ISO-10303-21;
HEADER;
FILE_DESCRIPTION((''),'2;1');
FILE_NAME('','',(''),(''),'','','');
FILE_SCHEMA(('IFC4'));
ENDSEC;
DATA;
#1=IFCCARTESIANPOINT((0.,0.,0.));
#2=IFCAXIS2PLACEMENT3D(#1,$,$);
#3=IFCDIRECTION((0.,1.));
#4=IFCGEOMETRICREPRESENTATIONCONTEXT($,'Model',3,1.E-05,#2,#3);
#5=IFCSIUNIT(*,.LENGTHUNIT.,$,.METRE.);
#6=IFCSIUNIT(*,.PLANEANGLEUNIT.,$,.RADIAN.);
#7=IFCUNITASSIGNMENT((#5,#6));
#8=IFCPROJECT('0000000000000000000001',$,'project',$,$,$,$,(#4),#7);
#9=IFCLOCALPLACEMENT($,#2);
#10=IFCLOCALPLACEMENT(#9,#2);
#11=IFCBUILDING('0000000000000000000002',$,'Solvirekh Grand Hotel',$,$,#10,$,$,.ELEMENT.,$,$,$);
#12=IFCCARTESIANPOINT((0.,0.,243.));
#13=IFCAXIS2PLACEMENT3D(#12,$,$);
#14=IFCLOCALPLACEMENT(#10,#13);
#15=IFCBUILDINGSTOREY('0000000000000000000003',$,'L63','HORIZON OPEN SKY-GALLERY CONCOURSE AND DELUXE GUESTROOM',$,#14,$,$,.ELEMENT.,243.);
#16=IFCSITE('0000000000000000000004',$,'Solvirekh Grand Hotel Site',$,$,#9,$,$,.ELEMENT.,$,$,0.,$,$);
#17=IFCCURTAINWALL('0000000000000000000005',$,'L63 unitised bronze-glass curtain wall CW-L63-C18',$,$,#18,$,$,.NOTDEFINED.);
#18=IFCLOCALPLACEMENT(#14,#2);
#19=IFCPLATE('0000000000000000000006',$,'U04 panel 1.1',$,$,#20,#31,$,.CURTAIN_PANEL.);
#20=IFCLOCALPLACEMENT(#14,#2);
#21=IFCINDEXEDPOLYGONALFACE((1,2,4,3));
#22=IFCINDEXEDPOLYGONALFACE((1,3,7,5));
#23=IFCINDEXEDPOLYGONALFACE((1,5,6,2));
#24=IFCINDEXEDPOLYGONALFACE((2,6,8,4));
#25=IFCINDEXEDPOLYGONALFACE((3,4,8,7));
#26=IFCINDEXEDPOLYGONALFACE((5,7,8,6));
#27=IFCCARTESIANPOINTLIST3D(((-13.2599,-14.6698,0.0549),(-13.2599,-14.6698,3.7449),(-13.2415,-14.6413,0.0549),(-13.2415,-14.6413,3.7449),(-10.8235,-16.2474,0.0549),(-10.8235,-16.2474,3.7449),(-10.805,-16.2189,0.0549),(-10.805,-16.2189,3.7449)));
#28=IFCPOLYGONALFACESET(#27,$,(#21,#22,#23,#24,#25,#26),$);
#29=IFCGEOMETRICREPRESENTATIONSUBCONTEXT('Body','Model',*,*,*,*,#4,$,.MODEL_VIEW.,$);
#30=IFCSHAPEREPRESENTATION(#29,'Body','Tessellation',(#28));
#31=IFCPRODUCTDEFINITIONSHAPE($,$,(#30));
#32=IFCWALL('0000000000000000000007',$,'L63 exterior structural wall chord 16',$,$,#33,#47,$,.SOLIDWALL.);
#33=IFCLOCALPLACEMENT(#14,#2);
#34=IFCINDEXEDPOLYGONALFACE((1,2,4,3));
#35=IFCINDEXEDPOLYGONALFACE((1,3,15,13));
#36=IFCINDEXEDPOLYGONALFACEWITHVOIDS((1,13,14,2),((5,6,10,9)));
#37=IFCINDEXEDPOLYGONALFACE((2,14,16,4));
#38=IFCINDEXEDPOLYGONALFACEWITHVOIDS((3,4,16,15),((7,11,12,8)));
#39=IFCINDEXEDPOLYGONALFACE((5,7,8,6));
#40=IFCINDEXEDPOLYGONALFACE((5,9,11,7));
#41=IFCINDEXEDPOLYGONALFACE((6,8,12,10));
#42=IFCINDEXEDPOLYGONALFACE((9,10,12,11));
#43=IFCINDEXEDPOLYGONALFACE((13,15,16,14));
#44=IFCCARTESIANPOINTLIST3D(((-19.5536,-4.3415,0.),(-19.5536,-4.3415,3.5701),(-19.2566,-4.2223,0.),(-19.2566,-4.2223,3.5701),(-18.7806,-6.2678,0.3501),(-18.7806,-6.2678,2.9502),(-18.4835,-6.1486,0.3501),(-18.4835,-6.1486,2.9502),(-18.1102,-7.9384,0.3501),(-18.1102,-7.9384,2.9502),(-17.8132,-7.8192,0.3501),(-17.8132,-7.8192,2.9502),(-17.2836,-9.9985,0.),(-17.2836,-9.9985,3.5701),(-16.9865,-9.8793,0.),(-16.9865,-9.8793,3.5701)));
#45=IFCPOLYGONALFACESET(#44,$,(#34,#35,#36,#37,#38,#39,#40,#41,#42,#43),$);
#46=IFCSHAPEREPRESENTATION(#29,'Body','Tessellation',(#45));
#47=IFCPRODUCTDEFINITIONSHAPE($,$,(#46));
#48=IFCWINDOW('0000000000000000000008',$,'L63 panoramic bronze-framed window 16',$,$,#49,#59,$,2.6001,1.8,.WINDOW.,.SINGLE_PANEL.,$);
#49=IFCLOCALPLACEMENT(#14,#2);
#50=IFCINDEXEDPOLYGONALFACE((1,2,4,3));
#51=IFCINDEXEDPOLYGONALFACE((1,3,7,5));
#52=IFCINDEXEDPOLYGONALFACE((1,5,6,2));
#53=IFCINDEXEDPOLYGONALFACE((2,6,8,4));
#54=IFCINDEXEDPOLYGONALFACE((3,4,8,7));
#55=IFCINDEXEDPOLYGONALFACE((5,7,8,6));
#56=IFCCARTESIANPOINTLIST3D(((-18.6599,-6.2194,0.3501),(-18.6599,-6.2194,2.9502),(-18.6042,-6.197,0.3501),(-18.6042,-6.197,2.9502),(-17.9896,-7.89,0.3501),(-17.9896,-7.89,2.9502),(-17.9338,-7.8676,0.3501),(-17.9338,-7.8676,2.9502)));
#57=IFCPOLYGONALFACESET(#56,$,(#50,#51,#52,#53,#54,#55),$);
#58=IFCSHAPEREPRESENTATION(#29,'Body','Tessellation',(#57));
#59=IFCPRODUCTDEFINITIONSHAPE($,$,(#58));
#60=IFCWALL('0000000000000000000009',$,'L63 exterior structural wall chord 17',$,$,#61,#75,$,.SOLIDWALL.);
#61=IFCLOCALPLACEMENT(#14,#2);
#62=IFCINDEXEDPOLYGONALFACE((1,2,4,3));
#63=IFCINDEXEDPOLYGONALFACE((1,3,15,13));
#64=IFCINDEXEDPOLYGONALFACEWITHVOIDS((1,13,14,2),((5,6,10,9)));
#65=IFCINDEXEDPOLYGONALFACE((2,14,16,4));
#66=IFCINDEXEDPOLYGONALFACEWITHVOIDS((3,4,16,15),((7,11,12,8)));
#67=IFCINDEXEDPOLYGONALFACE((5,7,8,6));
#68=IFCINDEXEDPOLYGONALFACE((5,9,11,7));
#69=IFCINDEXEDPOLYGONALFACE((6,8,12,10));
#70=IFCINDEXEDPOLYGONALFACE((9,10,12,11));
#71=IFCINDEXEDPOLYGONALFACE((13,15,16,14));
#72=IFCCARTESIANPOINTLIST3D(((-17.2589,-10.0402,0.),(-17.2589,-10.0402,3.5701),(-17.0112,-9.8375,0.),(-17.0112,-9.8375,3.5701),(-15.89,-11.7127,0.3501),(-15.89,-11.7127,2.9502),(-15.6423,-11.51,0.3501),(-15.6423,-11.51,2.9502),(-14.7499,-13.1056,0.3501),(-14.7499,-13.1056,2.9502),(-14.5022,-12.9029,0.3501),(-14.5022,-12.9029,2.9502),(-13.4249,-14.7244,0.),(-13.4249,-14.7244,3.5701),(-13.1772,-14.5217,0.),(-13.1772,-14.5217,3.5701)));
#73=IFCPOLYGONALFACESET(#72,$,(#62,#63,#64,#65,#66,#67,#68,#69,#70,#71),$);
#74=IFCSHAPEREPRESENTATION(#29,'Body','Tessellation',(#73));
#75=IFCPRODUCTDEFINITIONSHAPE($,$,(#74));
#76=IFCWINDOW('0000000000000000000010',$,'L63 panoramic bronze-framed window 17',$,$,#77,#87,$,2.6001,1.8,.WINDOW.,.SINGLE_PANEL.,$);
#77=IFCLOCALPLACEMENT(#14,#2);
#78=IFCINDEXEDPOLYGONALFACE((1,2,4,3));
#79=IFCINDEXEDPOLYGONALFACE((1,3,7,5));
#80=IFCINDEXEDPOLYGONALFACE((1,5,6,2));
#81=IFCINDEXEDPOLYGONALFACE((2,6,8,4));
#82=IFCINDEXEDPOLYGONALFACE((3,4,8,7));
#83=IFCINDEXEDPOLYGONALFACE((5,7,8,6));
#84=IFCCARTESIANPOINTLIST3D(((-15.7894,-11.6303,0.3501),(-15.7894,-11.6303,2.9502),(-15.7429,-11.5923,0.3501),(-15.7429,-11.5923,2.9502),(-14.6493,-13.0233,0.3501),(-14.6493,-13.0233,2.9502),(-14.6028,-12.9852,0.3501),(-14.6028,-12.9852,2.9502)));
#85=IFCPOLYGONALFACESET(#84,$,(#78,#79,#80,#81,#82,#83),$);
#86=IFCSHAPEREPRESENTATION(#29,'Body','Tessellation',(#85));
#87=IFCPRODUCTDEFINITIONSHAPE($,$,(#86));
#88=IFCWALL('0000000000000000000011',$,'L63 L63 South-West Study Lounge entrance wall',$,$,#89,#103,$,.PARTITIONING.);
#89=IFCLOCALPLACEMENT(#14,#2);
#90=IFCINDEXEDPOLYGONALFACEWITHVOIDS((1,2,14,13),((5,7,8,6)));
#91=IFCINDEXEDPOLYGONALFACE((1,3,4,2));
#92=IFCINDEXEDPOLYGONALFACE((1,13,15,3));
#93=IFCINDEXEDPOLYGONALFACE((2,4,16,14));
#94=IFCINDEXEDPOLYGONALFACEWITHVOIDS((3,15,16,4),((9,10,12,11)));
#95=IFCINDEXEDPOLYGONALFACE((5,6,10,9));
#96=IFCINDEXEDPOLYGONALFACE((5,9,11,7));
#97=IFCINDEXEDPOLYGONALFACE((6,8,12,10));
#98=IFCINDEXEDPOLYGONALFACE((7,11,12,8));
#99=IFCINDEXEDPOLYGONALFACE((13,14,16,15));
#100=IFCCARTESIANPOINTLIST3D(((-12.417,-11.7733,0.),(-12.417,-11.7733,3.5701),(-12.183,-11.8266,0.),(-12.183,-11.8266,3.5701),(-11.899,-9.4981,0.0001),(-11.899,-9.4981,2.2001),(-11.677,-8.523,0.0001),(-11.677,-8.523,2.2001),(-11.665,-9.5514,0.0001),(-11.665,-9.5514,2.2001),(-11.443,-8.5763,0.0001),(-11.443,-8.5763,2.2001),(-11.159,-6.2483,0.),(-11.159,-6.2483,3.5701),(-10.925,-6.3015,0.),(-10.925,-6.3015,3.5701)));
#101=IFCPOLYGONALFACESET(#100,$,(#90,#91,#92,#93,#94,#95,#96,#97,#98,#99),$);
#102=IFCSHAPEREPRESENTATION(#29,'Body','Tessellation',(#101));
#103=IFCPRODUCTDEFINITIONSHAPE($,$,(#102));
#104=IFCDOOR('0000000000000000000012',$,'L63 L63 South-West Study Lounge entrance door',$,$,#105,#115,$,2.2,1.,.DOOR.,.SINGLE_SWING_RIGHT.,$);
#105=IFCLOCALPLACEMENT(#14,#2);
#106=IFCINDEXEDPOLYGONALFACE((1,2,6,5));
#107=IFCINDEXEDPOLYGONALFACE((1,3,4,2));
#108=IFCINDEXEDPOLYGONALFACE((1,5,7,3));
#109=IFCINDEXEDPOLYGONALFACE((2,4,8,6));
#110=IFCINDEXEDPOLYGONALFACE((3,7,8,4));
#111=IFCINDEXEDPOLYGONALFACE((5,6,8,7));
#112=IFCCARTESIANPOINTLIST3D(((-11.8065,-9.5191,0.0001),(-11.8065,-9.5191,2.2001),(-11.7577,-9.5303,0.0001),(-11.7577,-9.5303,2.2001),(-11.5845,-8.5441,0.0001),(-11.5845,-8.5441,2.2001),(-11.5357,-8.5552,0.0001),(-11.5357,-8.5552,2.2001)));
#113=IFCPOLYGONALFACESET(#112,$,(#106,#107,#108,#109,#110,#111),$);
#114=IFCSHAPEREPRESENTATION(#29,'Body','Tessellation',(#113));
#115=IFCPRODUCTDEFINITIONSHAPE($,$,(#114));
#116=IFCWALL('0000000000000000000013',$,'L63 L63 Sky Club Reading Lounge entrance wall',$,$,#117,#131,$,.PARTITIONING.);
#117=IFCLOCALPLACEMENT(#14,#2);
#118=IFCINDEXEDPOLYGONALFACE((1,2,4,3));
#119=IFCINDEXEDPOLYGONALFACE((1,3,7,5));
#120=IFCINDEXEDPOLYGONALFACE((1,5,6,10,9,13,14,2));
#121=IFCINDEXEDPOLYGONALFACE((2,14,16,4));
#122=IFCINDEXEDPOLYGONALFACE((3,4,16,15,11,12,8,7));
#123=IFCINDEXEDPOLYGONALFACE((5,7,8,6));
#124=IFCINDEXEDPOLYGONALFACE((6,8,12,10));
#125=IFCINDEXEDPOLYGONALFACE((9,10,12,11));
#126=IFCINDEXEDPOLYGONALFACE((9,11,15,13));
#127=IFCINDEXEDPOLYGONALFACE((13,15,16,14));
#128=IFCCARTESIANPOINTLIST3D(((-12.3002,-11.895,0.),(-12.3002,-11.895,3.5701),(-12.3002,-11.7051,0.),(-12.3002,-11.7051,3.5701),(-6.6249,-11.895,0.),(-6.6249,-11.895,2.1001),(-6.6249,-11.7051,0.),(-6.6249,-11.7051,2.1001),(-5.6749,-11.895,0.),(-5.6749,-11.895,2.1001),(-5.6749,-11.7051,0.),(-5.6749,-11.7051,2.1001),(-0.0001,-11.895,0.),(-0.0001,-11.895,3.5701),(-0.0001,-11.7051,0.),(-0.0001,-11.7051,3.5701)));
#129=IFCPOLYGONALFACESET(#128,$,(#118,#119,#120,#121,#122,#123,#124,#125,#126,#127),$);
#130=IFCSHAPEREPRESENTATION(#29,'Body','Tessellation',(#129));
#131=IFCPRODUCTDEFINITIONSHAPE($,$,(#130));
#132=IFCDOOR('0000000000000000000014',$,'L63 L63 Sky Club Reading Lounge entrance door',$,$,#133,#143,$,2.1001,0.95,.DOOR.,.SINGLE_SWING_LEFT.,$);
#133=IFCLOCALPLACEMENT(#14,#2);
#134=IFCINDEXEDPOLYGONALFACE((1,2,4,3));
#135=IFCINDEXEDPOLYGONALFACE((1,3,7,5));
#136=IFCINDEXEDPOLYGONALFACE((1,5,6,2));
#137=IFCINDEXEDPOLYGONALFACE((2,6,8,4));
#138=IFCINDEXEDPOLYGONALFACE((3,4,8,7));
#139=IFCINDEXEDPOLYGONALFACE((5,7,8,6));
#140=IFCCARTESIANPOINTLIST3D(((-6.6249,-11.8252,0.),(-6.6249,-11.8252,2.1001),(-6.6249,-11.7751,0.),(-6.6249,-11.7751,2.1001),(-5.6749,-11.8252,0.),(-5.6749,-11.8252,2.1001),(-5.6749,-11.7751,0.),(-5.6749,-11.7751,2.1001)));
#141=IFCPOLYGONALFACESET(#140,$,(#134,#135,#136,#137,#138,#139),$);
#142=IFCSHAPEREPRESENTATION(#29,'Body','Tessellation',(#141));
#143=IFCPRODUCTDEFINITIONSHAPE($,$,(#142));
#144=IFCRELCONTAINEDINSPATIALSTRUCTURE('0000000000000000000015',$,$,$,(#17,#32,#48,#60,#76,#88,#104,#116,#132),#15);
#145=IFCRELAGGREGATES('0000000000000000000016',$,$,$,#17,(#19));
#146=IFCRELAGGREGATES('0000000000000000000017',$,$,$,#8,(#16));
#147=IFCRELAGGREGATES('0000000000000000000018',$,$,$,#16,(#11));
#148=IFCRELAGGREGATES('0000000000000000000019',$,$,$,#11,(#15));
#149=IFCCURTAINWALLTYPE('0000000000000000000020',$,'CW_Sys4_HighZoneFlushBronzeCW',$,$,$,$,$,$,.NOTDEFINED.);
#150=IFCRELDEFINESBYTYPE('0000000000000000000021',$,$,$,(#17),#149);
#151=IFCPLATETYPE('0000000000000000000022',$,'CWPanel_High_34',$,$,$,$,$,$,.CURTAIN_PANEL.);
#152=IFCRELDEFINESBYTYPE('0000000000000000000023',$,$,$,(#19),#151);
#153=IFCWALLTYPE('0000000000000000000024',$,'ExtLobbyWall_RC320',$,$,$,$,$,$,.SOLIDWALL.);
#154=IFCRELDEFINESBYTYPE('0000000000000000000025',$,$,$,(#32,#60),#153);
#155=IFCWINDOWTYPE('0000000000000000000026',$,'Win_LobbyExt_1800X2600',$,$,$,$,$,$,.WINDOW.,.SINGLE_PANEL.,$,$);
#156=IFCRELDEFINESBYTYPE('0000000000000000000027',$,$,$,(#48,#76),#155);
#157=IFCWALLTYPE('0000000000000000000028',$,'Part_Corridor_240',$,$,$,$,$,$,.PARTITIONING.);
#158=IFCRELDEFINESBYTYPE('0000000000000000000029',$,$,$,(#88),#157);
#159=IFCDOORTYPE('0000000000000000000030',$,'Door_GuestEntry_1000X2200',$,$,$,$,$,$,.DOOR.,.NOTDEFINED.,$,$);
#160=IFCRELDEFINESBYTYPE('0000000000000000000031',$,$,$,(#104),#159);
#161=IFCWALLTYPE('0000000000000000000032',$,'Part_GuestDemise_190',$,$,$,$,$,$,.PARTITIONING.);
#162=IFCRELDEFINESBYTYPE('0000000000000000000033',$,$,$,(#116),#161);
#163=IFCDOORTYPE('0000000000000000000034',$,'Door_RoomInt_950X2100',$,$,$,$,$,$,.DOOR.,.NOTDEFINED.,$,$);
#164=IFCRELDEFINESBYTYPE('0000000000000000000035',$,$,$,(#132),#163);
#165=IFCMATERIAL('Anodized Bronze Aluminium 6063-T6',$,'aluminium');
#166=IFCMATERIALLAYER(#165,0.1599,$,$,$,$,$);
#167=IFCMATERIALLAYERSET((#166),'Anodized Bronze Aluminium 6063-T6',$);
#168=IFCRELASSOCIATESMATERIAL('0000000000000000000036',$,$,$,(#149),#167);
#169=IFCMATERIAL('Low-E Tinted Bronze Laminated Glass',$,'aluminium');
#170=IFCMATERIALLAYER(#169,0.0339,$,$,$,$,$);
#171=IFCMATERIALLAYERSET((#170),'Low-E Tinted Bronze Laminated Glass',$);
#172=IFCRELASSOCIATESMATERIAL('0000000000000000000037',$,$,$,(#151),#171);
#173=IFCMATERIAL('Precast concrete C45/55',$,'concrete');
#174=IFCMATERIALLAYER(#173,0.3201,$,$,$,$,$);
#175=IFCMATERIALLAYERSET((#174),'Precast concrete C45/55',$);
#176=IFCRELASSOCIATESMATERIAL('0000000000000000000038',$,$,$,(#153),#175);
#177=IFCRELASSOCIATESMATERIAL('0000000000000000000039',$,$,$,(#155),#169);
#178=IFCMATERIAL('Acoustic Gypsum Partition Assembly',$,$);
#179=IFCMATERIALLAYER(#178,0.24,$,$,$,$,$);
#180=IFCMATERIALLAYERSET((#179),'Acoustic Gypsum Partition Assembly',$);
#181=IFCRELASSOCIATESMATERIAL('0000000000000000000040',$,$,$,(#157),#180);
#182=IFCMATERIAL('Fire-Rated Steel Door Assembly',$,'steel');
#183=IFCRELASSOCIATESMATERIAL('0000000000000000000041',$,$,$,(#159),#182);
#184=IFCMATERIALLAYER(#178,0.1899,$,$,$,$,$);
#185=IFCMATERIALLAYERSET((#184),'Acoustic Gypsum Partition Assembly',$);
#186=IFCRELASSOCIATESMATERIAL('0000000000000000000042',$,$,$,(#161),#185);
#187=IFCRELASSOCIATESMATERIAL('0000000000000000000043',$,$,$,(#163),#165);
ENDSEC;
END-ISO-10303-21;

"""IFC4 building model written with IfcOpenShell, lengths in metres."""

from ifc_helpers import new_model, si_unit, direction, frame, frame_2d, origin, origin_2d, place, context, subcontext, project, spatial, rectangle, extrude, source, transform, mapped, material, layer, layer_set, type_object, element, fill, aggregate, save


model = new_model("IFC4")

# Units and contexts
model_context = context("Model", 3, precision=1e-05, world=origin(), true_north=direction((0.0, 1.0)))
body_context = subcontext(model_context, "Body", "Model", "MODEL_VIEW")
ifc_project = project(units=[si_unit("LENGTHUNIT", "METRE"), si_unit("PLANEANGLEUNIT", "RADIAN")], contexts=[model_context])

# Site, building, storey
site_placement = place(None, origin())
site = spatial("IfcSite", under=ifc_project, at=site_placement, Name="Solvirekh Grand Hotel Site", CompositionType="ELEMENT", RefElevation=0.0)
building_placement = place(site_placement, origin())
building = spatial("IfcBuilding", under=site, at=building_placement, Name="Solvirekh Grand Hotel", CompositionType="ELEMENT")
storey_placement = place(building_placement, frame((0.0, 0.0, 243.0)))
storey = spatial("IfcBuildingStorey", under=building, at=storey_placement, Name="L63", Description="HORIZON OPEN SKY-GALLERY CONCOURSE AND DELUXE GUESTROOM", CompositionType="ELEMENT", Elevation=243.0)

# Curtain wall, plate
ifc_material_1 = material(Name="Anodized Bronze Aluminium 6063-T6", Category="aluminium")
ifc_layer_1 = layer(ifc_material_1, 0.1599)
ifc_layer_set_1 = layer_set([ifc_layer_1], Name="Anodized Bronze Aluminium 6063-T6")
curtain_wall_type = type_object("IfcCurtainWallType", Name="CW_Sys4_HighZoneFlushBronzeCW", PredefinedType="NOTDEFINED", material=ifc_layer_set_1)
curtain_wall_placement = place(storey_placement, origin())
curtain_wall = element("IfcCurtainWall", 1, at=curtain_wall_placement, inside=storey, type_object=curtain_wall_type, Name="L63 unitised bronze-glass curtain wall CW-L63-C18", PredefinedType="NOTDEFINED")
ifc_material_2 = material(Name="Low-E Tinted Bronze Laminated Glass", Category="aluminium")
ifc_layer_2 = layer(ifc_material_2, 0.0339)
ifc_layer_set_2 = layer_set([ifc_layer_2], Name="Low-E Tinted Bronze Laminated Glass")
plate_type = type_object("IfcPlateType", Name="CWPanel_High_34", PredefinedType="CURTAIN_PANEL", material=ifc_layer_set_2)
shared_shape_1 = source(origin(), body_context, "Body", "SweptSolid", [
    extrude(rectangle(XDim=2.9026, YDim=0.0339, at=origin_2d()), origin(), (0.0, 0.0, 1.0), 3.6899),
])
plate_placement = place(storey_placement, frame((-12.0325, -15.4443, 0.0549), z_axis=(0.0, 0.0, 1.0), x_axis=(0.839404, -0.543508, 0.0)))
plate = element("IfcPlate", 2, at=plate_placement, type_object=plate_type, Name="U04 panel 1.1", PredefinedType="CURTAIN_PANEL", context=body_context, shape_type="MappedRepresentation", body=[
    mapped(shared_shape_1, transform((0.0, 0.0, 0.0), x_axis=(1.0, 0.0, 0.0), y_axis=(0.0, 1.0, 0.0), z_axis=(0.0, 0.0, 1.0), scale=1.0)),
])
aggregate(curtain_wall, [plate])

# Walls, openings, windows
ifc_material_3 = material(Name="Precast concrete C45/55", Category="concrete")
ifc_layer_3 = layer(ifc_material_3, 0.3201)
ifc_layer_set_3 = layer_set([ifc_layer_3], Name="Precast concrete C45/55")
wall_type_1 = type_object("IfcWallType", Name="ExtLobbyWall_RC320", PredefinedType="SOLIDWALL", material=ifc_layer_set_3)
wall_1_placement = place(storey_placement, frame((-17.135, -9.939, 0.0), z_axis=(0.0, 0.0, 1.0), x_axis=(-0.372412, 0.928067, 0.0)))
wall_1 = element("IfcWall", 3, at=wall_1_placement, inside=storey, type_object=wall_type_1, Name="L63 exterior structural wall chord 16", PredefinedType="SOLIDWALL", context=body_context, shape_type="SweptSolid", body=[
    extrude(rectangle(XDim=6.0955, YDim=0.3201, at=frame_2d((3.0479, 0.0))), origin(), (0.0, 0.0, 1.0), 3.5701),
])
opening_1_placement = place(wall_1_placement, frame((2.22, 0.0, 0.3501)))
opening_1 = element("IfcOpeningElement", 4, at=opening_1_placement, cuts=wall_1, PredefinedType="OPENING", context=body_context, shape_type="SweptSolid", body=[
    extrude(rectangle(XDim=1.8, YDim=2.6001, at=frame_2d((0.8999, 1.3))), frame((0.0, 0.1699, 0.0), z_axis=(0.0, -1.0, 0.0), x_axis=(1.0, 0.0, 0.0)), (0.0, 0.0, 1.0), 0.3401),
])
window_type = type_object("IfcWindowType", Name="Win_LobbyExt_1800X2600", PartitioningType="SINGLE_PANEL", PredefinedType="WINDOW", material=ifc_material_2)
window_1_placement = place(opening_1_placement, origin())
window_1 = element("IfcWindow", 5, at=window_1_placement, inside=storey, type_object=window_type, Name="L63 panoramic bronze-framed window 16", OverallHeight=2.6001, OverallWidth=1.8, PartitioningType="SINGLE_PANEL", PredefinedType="WINDOW", context=body_context, shape_type="SweptSolid", body=[
    extrude(rectangle(XDim=1.8, YDim=2.6001, at=frame_2d((0.8999, 1.3))), frame((0.0, 0.03, 0.0), z_axis=(0.0, -1.0, 0.0), x_axis=(1.0, 0.0, 0.0)), (0.0, 0.0, 1.0), 0.0601),
])
fill(opening_1, window_1)
wall_2_placement = place(storey_placement, frame((-13.301, -14.623, 0.0), z_axis=(0.0, 0.0, 1.0), x_axis=(-0.633392, 0.773831, 0.0)))
wall_2 = element("IfcWall", 6, at=wall_2_placement, inside=storey, type_object=wall_type_1, Name="L63 exterior structural wall chord 17", PredefinedType="SOLIDWALL", context=body_context, shape_type="SweptSolid", body=[
    extrude(rectangle(XDim=6.0532, YDim=0.3201, at=frame_2d((3.0266, 0.0))), origin(), (0.0, 0.0, 1.0), 3.5701),
])
opening_2_placement = place(wall_2_placement, frame((2.092, 0.0, 0.3501)))
opening_2 = element("IfcOpeningElement", 7, at=opening_2_placement, cuts=wall_2, PredefinedType="OPENING", context=body_context, shape_type="SweptSolid", body=[
    extrude(rectangle(XDim=1.8, YDim=2.6001, at=frame_2d((0.8999, 1.3))), frame((0.0, 0.1699, 0.0), z_axis=(0.0, -1.0, 0.0), x_axis=(1.0, 0.0, 0.0)), (0.0, 0.0, 1.0), 0.3401),
])
window_2_placement = place(opening_2_placement, origin())
window_2 = element("IfcWindow", 8, at=window_2_placement, inside=storey, type_object=window_type, Name="L63 panoramic bronze-framed window 17", OverallHeight=2.6001, OverallWidth=1.8, PartitioningType="SINGLE_PANEL", PredefinedType="WINDOW", context=body_context, shape_type="SweptSolid", body=[
    extrude(rectangle(XDim=1.8, YDim=2.6001, at=frame_2d((0.8999, 1.3))), frame((0.0, 0.03, 0.0), z_axis=(0.0, -1.0, 0.0), x_axis=(1.0, 0.0, 0.0)), (0.0, 0.0, 1.0), 0.0601),
])
fill(opening_2, window_2)

# Walls, openings, doors
ifc_material_4 = material(Name="Acoustic Gypsum Partition Assembly")
ifc_layer_4 = layer(ifc_material_4, 0.24)
ifc_layer_set_4 = layer_set([ifc_layer_4], Name="Acoustic Gypsum Partition Assembly")
wall_type_2 = type_object("IfcWallType", Name="Part_Corridor_240", PredefinedType="PARTITIONING", material=ifc_layer_set_4)
wall_3_placement = place(storey_placement, frame((-11.042, -6.2749, 0.0), z_axis=(0.0, 0.0, 1.0), x_axis=(-0.222014, -0.975043, 0.0)))
wall_3 = element("IfcWall", 9, at=wall_3_placement, inside=storey, type_object=wall_type_2, Name="L63 L63 South-West Study Lounge entrance wall", PredefinedType="PARTITIONING", context=body_context, shape_type="SweptSolid", body=[
    extrude(rectangle(XDim=5.6665, YDim=0.24, at=frame_2d((2.8333, 0.0))), origin(), (0.0, 0.0, 1.0), 3.5701),
])
opening_3_placement = place(wall_3_placement, frame((2.333, 0.0, 0.0)))
opening_3 = element("IfcOpeningElement", 10, at=opening_3_placement, cuts=wall_3, PredefinedType="OPENING", context=body_context, shape_type="SweptSolid", body=[
    extrude(rectangle(XDim=1.0, YDim=2.2, at=frame_2d((0.5, 1.1001))), frame((0.0, 0.1299, 0.0), z_axis=(0.0, -1.0, 0.0), x_axis=(1.0, 0.0, 0.0)), (0.0, 0.0, 1.0), 0.26),
])
ifc_material_5 = material(Name="Fire-Rated Steel Door Assembly", Category="steel")
door_type_1 = type_object("IfcDoorType", Name="Door_GuestEntry_1000X2200", OperationType="NOTDEFINED", PredefinedType="DOOR", material=ifc_material_5)
door_1_placement = place(opening_3_placement, origin())
door_1 = element("IfcDoor", 11, at=door_1_placement, inside=storey, type_object=door_type_1, Name="L63 L63 South-West Study Lounge entrance door", OperationType="SINGLE_SWING_RIGHT", OverallHeight=2.2, OverallWidth=1.0, PredefinedType="DOOR", context=body_context, shape_type="SweptSolid", body=[
    extrude(rectangle(XDim=1.0, YDim=2.2, at=frame_2d((0.5, 1.1001))), frame((0.0, 0.0249, 0.0), z_axis=(0.0, -1.0, 0.0), x_axis=(1.0, 0.0, 0.0)), (0.0, 0.0, 1.0), 0.05),
])
fill(opening_3, door_1)
ifc_layer_5 = layer(ifc_material_4, 0.1899)
ifc_layer_set_5 = layer_set([ifc_layer_5], Name="Acoustic Gypsum Partition Assembly")
wall_type_3 = type_object("IfcWallType", Name="Part_GuestDemise_190", PredefinedType="PARTITIONING", material=ifc_layer_set_5)
wall_4_placement = place(storey_placement, frame((-12.3, -11.8, 0.0), z_axis=(0.0, 0.0, 1.0), x_axis=(1.0, 0.0, 0.0)))
wall_4 = element("IfcWall", 12, at=wall_4_placement, inside=storey, type_object=wall_type_3, Name="L63 L63 Sky Club Reading Lounge entrance wall", PredefinedType="PARTITIONING", context=body_context, shape_type="SweptSolid", body=[
    extrude(rectangle(XDim=12.3, YDim=0.1899, at=frame_2d((6.1499, 0.0))), origin(), (0.0, 0.0, 1.0), 3.5701),
])
opening_4_placement = place(wall_4_placement, frame((5.675, 0.0, 0.0)))
opening_4 = element("IfcOpeningElement", 13, at=opening_4_placement, cuts=wall_4, PredefinedType="OPENING", context=body_context, shape_type="SweptSolid", body=[
    extrude(rectangle(XDim=0.95, YDim=2.1001, at=frame_2d((0.4751, 1.05))), frame((0.0, 0.105, 0.0), z_axis=(0.0, -1.0, 0.0), x_axis=(1.0, 0.0, 0.0)), (0.0, 0.0, 1.0), 0.21),
])
door_type_2 = type_object("IfcDoorType", Name="Door_RoomInt_950X2100", OperationType="NOTDEFINED", PredefinedType="DOOR", material=ifc_material_1)
door_2_placement = place(opening_4_placement, origin())
door_2 = element("IfcDoor", 14, at=door_2_placement, inside=storey, type_object=door_type_2, Name="L63 L63 Sky Club Reading Lounge entrance door", OperationType="SINGLE_SWING_LEFT", OverallHeight=2.1001, OverallWidth=0.95, PredefinedType="DOOR", context=body_context, shape_type="SweptSolid", body=[
    extrude(rectangle(XDim=0.95, YDim=2.1001, at=frame_2d((0.4751, 1.05))), frame((0.0, 0.0249, 0.0), z_axis=(0.0, -1.0, 0.0), x_axis=(1.0, 0.0, 0.0)), (0.0, 0.0, 1.0), 0.05),
])
fill(opening_4, door_2)

save(model, "model.ifc")
